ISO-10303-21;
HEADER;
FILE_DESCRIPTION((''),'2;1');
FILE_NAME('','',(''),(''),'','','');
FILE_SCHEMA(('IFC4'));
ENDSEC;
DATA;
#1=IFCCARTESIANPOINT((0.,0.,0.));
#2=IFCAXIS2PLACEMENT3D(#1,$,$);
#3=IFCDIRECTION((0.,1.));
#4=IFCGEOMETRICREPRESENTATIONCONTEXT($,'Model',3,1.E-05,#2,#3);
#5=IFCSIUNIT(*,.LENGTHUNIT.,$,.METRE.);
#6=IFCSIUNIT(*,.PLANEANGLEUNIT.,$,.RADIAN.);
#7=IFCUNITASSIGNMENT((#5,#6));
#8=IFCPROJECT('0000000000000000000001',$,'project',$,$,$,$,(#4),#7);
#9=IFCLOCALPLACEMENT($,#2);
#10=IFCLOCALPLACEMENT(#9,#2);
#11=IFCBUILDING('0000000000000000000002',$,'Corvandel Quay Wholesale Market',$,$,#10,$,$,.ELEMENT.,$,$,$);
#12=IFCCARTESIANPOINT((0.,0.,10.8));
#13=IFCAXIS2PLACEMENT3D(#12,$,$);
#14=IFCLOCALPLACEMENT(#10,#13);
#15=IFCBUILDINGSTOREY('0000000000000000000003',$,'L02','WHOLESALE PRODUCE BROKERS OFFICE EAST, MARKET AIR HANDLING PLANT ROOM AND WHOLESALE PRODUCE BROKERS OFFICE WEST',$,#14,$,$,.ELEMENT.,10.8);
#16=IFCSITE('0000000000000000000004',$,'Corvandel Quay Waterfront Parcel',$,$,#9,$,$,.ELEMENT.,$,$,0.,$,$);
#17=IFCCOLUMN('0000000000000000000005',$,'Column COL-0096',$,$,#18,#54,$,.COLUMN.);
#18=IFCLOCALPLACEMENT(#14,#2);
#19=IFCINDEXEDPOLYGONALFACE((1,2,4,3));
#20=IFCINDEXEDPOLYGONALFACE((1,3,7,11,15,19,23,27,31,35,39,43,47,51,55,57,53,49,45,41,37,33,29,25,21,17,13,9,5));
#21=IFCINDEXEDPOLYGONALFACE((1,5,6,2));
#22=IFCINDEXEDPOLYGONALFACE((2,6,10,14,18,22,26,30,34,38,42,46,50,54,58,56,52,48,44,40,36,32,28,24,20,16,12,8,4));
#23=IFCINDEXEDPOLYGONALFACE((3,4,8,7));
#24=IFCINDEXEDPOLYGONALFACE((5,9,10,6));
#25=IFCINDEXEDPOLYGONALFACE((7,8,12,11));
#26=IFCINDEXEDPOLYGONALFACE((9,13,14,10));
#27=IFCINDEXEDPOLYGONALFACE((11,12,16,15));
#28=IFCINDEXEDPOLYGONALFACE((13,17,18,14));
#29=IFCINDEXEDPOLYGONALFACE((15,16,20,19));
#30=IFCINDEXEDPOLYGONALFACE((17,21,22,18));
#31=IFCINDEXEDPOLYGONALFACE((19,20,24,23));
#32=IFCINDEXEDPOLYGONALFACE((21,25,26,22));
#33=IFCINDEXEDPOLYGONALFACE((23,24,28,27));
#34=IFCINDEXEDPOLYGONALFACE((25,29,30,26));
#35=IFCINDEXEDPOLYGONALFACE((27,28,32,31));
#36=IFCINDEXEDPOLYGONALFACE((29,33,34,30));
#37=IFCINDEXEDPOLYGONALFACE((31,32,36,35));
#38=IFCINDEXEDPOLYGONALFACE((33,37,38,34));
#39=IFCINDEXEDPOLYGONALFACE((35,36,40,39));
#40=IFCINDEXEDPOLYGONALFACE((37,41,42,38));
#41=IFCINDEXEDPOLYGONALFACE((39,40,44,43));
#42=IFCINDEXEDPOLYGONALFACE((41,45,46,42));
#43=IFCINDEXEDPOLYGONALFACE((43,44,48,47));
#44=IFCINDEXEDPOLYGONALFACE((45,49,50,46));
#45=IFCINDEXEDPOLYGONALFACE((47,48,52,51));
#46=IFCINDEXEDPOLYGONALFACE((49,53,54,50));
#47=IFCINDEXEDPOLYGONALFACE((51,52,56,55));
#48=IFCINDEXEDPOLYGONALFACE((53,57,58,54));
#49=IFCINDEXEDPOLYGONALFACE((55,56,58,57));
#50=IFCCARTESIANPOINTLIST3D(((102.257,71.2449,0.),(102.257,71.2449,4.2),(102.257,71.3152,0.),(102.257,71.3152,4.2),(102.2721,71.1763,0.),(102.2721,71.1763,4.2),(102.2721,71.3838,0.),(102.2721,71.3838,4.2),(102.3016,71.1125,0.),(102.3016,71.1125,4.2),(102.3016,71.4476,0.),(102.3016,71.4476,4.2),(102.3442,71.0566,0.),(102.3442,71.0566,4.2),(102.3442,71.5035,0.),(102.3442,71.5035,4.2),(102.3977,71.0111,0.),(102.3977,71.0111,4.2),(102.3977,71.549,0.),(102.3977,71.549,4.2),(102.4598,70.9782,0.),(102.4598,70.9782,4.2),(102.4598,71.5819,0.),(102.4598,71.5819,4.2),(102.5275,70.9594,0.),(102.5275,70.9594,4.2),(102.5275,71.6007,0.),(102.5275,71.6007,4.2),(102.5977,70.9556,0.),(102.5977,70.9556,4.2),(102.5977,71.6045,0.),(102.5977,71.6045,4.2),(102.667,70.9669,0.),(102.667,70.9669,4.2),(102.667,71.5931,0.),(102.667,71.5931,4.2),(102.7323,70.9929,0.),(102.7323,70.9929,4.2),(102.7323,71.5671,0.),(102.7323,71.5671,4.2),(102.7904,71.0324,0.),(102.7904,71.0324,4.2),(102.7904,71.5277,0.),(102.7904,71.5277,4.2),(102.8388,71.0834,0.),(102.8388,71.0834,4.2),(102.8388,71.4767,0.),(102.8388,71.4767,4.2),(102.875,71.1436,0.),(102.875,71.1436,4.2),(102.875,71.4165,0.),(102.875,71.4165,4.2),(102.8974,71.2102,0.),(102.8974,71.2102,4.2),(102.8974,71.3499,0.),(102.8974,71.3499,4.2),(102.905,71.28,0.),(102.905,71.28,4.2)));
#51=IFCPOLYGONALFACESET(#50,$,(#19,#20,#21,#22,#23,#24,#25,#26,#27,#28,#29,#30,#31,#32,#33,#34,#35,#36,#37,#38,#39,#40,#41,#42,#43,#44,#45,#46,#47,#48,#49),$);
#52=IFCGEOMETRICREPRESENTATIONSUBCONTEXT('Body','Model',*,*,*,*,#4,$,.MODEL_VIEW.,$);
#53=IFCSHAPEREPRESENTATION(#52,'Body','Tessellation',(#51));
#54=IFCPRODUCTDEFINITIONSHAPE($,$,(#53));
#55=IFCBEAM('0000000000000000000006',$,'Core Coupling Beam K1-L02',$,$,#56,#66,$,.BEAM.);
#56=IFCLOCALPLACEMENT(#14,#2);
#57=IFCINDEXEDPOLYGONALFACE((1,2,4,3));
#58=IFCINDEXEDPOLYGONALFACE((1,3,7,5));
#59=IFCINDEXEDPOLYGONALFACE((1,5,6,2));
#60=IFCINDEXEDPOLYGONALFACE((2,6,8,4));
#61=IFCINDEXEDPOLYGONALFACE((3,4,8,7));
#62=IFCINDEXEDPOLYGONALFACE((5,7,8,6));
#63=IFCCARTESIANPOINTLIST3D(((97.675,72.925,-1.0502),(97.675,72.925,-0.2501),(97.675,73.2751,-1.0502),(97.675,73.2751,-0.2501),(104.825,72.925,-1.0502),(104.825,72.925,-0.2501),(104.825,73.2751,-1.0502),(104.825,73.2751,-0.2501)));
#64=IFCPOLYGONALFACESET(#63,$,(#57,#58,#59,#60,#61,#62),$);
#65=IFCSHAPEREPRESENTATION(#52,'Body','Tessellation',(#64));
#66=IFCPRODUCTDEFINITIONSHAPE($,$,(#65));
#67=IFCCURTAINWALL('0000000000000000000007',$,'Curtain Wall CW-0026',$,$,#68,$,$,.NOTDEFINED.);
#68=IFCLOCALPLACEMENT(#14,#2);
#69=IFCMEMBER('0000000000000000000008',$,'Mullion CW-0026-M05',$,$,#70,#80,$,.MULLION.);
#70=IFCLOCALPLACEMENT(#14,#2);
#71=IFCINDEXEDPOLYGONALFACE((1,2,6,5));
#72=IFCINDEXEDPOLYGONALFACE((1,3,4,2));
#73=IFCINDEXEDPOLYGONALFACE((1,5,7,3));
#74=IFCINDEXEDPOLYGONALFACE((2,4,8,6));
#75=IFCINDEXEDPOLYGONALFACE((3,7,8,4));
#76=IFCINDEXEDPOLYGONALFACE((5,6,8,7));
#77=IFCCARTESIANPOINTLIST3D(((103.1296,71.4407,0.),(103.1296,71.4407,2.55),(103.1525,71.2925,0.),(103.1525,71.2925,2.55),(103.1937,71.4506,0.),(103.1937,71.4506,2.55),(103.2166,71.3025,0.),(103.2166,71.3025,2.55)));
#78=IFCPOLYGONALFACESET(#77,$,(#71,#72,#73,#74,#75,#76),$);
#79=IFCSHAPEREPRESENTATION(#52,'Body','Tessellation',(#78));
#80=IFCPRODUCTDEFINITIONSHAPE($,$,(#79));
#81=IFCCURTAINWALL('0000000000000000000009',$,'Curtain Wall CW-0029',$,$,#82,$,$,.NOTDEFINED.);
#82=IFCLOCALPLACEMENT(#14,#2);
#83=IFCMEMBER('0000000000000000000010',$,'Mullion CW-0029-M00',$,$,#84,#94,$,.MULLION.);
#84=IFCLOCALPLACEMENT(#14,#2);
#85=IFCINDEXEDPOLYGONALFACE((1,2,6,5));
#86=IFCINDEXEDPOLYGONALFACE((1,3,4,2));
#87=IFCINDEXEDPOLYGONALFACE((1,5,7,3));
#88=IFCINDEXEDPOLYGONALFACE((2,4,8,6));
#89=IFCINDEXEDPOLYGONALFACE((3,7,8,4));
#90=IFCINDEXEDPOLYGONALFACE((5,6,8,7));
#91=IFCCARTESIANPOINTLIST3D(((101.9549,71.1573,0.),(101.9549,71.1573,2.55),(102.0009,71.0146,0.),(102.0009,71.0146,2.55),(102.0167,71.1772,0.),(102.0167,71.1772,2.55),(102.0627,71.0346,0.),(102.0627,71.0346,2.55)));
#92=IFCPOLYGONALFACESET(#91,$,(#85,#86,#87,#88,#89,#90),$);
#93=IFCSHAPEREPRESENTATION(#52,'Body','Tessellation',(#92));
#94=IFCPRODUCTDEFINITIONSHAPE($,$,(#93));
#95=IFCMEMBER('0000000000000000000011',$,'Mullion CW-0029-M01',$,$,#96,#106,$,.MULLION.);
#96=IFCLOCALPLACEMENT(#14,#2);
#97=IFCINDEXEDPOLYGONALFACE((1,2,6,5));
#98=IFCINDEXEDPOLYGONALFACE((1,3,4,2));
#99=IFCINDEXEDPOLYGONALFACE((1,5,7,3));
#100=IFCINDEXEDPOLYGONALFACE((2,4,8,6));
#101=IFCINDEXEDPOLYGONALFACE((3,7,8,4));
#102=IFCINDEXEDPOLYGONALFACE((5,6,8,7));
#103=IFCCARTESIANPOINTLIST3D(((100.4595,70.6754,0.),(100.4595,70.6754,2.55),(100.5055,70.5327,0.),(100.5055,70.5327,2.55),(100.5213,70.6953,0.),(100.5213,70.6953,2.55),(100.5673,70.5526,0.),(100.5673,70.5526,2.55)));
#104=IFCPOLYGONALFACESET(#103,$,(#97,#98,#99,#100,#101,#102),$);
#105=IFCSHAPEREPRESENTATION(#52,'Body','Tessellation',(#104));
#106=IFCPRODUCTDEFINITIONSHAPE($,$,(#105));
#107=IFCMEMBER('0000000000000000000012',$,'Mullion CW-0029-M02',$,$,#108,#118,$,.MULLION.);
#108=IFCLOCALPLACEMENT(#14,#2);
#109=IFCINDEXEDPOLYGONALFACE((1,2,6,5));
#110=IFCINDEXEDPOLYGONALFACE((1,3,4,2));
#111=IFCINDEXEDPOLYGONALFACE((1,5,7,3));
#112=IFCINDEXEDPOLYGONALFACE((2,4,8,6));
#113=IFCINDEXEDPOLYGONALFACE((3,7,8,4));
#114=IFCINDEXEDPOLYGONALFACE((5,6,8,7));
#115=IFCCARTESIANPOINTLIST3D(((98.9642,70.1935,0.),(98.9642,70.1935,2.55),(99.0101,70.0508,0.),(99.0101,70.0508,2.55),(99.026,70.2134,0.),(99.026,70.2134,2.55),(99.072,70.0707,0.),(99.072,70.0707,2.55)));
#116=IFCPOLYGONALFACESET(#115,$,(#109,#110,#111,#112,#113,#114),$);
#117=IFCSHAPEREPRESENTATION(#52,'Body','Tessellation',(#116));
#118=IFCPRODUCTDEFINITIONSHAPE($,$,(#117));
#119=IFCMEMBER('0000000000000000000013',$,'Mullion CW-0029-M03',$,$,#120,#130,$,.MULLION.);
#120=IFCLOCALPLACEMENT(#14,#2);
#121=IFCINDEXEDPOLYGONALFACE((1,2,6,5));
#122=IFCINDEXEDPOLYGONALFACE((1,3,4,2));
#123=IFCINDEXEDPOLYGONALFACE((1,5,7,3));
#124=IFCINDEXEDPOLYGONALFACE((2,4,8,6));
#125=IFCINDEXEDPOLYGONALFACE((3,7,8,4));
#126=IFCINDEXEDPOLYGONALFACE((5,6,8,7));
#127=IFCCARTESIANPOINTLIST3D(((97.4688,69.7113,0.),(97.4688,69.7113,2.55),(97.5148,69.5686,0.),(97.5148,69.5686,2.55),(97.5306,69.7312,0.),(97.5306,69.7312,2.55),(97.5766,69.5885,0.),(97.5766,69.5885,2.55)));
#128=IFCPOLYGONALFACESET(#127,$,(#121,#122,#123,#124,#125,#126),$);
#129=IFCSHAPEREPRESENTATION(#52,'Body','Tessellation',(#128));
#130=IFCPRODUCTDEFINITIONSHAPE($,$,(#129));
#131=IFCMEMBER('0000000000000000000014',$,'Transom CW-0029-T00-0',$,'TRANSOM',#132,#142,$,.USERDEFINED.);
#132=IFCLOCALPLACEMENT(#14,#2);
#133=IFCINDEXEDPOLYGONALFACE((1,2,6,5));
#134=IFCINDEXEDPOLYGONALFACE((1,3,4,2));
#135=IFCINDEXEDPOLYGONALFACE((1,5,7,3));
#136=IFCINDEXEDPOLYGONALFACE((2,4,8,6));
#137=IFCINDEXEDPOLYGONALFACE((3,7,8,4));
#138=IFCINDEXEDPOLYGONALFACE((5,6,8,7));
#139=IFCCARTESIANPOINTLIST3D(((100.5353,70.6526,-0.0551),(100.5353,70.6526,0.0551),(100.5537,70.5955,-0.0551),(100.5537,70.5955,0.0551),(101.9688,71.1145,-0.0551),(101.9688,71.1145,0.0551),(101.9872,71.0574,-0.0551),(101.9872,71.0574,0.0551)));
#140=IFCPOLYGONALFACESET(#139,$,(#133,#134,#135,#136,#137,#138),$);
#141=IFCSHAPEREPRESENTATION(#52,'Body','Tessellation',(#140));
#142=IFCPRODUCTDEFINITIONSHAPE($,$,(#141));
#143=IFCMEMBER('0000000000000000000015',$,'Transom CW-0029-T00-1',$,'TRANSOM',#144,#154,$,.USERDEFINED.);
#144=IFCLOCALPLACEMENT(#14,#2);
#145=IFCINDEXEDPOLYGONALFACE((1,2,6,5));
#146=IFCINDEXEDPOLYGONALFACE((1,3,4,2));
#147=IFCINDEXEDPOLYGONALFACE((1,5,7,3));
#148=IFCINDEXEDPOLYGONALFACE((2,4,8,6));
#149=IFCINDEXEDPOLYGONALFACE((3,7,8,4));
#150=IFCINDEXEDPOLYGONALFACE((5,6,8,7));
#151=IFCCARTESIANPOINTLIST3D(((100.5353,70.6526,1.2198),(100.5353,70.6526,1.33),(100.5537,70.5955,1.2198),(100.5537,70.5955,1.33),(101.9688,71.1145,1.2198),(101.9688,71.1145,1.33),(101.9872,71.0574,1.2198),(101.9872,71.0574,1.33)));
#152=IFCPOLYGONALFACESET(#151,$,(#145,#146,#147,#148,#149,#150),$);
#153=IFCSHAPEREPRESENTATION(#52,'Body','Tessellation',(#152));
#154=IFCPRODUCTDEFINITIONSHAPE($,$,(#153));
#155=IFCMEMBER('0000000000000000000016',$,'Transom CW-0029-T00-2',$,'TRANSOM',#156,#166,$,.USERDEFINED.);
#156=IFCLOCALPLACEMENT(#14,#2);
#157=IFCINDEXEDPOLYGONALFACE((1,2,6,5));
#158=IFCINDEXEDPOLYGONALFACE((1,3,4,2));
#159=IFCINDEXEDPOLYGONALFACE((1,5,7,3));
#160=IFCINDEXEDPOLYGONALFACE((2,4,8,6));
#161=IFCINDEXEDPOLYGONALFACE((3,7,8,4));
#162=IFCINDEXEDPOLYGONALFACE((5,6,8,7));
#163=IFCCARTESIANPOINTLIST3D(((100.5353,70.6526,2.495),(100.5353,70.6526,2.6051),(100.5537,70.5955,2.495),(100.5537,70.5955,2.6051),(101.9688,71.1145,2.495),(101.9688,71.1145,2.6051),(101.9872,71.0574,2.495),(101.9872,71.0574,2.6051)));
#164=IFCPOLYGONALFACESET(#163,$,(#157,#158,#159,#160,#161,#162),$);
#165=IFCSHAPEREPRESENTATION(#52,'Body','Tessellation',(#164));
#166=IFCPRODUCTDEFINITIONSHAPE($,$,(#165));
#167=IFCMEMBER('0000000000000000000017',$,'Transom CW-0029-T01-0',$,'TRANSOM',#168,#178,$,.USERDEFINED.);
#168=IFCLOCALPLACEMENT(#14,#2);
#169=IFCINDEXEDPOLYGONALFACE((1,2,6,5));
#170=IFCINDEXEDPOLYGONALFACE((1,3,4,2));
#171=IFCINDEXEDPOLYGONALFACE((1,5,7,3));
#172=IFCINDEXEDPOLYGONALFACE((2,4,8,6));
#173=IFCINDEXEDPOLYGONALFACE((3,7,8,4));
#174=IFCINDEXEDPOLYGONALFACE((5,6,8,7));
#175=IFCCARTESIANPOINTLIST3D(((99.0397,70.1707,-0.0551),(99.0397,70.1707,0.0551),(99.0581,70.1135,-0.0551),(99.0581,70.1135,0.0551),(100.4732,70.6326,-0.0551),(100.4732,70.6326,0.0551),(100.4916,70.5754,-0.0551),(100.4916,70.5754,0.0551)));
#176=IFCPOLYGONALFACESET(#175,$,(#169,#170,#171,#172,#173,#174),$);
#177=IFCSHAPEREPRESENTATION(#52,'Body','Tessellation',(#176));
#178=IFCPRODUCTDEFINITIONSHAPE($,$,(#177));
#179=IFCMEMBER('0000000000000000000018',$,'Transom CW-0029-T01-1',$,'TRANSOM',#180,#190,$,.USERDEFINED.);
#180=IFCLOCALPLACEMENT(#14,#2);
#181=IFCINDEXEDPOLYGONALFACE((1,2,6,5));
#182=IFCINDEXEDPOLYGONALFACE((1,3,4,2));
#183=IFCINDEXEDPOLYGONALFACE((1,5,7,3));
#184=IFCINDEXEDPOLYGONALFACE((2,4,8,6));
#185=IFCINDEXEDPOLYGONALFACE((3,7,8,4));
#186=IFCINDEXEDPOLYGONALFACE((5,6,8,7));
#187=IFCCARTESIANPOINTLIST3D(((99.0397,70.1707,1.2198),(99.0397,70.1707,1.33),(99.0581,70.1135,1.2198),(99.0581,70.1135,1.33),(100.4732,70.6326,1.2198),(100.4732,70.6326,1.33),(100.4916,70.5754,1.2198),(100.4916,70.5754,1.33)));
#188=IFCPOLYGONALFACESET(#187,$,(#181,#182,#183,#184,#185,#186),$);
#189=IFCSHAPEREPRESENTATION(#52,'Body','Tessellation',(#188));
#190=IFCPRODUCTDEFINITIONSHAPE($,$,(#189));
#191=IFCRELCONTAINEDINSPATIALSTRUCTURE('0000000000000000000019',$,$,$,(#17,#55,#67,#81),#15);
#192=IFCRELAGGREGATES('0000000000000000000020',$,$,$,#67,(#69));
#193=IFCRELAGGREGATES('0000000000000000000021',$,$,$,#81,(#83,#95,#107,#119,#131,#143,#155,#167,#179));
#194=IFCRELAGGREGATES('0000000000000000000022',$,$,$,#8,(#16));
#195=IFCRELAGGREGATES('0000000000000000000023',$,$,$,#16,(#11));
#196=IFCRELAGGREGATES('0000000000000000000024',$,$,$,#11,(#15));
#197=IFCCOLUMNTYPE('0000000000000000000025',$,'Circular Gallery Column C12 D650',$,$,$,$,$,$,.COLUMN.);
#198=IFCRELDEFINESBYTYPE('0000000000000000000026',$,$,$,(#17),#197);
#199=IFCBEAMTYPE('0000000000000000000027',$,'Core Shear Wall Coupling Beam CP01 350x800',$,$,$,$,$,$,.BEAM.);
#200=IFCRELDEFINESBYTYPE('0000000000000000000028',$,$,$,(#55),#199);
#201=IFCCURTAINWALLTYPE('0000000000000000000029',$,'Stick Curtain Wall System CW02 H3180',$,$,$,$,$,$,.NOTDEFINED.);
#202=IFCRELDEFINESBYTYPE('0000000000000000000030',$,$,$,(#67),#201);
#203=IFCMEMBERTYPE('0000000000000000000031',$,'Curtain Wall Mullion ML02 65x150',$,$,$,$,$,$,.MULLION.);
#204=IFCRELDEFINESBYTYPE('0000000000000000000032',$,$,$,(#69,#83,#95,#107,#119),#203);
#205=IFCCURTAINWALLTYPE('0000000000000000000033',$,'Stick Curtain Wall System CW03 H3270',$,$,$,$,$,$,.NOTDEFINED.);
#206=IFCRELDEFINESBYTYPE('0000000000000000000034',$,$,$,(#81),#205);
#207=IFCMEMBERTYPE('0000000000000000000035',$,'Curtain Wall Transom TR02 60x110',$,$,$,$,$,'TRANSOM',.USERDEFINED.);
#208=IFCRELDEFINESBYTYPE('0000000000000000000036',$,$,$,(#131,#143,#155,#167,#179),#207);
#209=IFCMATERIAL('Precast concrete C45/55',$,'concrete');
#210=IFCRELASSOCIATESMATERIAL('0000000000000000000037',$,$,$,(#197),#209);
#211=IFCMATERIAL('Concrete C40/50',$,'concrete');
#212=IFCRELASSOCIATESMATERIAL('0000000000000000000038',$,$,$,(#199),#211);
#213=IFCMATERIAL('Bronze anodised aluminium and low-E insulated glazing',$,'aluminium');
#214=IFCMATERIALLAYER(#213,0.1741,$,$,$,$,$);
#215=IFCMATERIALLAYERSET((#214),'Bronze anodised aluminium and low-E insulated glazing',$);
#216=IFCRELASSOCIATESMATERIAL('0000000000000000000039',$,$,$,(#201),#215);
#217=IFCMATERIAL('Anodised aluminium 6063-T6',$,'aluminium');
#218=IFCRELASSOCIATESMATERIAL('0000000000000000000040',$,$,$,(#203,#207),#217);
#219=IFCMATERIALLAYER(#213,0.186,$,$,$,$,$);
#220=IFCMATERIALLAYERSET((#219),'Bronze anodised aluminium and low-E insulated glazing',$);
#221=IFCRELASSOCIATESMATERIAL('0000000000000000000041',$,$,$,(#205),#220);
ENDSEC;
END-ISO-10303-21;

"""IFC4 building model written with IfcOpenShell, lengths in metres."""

from ifc_helpers import new_model, si_unit, direction, frame, origin, origin_2d, place, context, subcontext, project, spatial, rectangle, circle, extrude, material, layer, layer_set, material_profile, profile_set, type_object, element, aggregate, save


model = new_model("IFC4")

# Units and contexts
model_context = context("Model", 3, precision=1e-05, world=origin(), true_north=direction((0.0, 1.0)))
body_context = subcontext(model_context, "Body", "Model", "MODEL_VIEW")
ifc_project = project(units=[si_unit("LENGTHUNIT", "METRE"), si_unit("PLANEANGLEUNIT", "RADIAN")], contexts=[model_context])

# Site, building, storey
site_placement = place(None, origin())
site = spatial("IfcSite", under=ifc_project, at=site_placement, Name="Corvandel Quay Waterfront Parcel", CompositionType="ELEMENT", RefElevation=0.0)
building_placement = place(site_placement, origin())
building = spatial("IfcBuilding", under=site, at=building_placement, Name="Corvandel Quay Wholesale Market", CompositionType="ELEMENT")
storey_placement = place(building_placement, frame((0.0, 0.0, 10.8)))
storey = spatial("IfcBuildingStorey", under=building, at=storey_placement, Name="L02", Description="WHOLESALE PRODUCE BROKERS OFFICE EAST, MARKET AIR HANDLING PLANT ROOM AND WHOLESALE PRODUCE BROKERS OFFICE WEST", CompositionType="ELEMENT", Elevation=10.8)

# Column
ifc_material_1 = material(Name="Precast concrete C45/55", Category="concrete")
ifc_material_profile_1 = material_profile(ifc_material_1, circle(Radius=0.325, at=origin_2d()), Name="PC-COL-D650")
ifc_profile_set_1 = profile_set([ifc_material_profile_1], Name="Precast concrete C45/55")
column_type = type_object("IfcColumnType", Name="Circular Gallery Column C12 D650", PredefinedType="COLUMN", material=ifc_profile_set_1)
column_placement = place(storey_placement, frame((102.5801, 71.28, 0.0), z_axis=(0.0, 0.0, 1.0), x_axis=(1.0, 0.0, 0.0)))
element("IfcColumn", 1, at=column_placement, inside=storey, type_object=column_type, Name="Column COL-0096", PredefinedType="COLUMN", context=body_context, shape_type="SweptSolid", body=[
    extrude(circle(Radius=0.325, at=origin_2d()), origin(), (0.0, 0.0, 1.0), 4.2),
])

# Beam
ifc_material_2 = material(Name="Concrete C40/50", Category="concrete")
ifc_material_profile_2 = material_profile(ifc_material_2, rectangle(XDim=0.3501, YDim=0.8, at=origin_2d()), Name="RC-CPL-350x800")
ifc_profile_set_2 = profile_set([ifc_material_profile_2], Name="Concrete C40/50")
beam_type_1 = type_object("IfcBeamType", Name="Core Shear Wall Coupling Beam CP01 350x800", PredefinedType="BEAM", material=ifc_profile_set_2)
beam_1_placement = place(storey_placement, frame((97.675, 73.1001, -0.6501), z_axis=(1.0, 0.0, 0.0), x_axis=(0.0, 1.0, 0.0)))
element("IfcBeam", 2, at=beam_1_placement, inside=storey, type_object=beam_type_1, Name="Core Coupling Beam K1-L02", PredefinedType="BEAM", context=body_context, shape_type="SweptSolid", body=[
    extrude(rectangle(XDim=0.3501, YDim=0.8, at=origin_2d()), origin(), (0.0, 0.0, 1.0), 7.1499),
])

# Curtain wall, member
ifc_material_3 = material(Name="Bronze anodised aluminium and low-E insulated glazing", Category="aluminium")
ifc_layer_1 = layer(ifc_material_3, 0.1741)
ifc_layer_set_1 = layer_set([ifc_layer_1], Name="Bronze anodised aluminium and low-E insulated glazing")
curtain_wall_type_1 = type_object("IfcCurtainWallType", Name="Stick Curtain Wall System CW02 H3180", PredefinedType="NOTDEFINED", material=ifc_layer_set_1)
curtain_wall_1_placement = place(storey_placement, origin())
curtain_wall_1 = element("IfcCurtainWall", 3, at=curtain_wall_1_placement, inside=storey, type_object=curtain_wall_type_1, Name="Curtain Wall CW-0026", PredefinedType="NOTDEFINED")
ifc_material_4 = material(Name="Anodised aluminium 6063-T6", Category="aluminium")
ifc_material_profile_3 = material_profile(ifc_material_4, rectangle(XDim=0.0649, YDim=0.1499, at=origin_2d()), Name="ALU-MUL-65x150")
ifc_profile_set_3 = profile_set([ifc_material_profile_3], Name="Anodised aluminium 6063-T6")
member_type_1 = type_object("IfcMemberType", Name="Curtain Wall Mullion ML02 65x150", PredefinedType="MULLION", material=ifc_profile_set_3)
member_1_placement = place(storey_placement, frame((103.1731, 71.3716, 0.0), z_axis=(0.0, 0.0, 1.0), x_axis=(0.988255, 0.152813, 0.0)))
member_1 = element("IfcMember", 4, at=member_1_placement, type_object=member_type_1, Name="Mullion CW-0026-M05", PredefinedType="MULLION", context=body_context, shape_type="SweptSolid", body=[
    extrude(rectangle(XDim=0.0649, YDim=0.1499, at=origin_2d()), origin(), (0.0, 0.0, 1.0), 2.55),
])
aggregate(curtain_wall_1, [member_1])

# Curtain wall, members
ifc_layer_2 = layer(ifc_material_3, 0.186)
ifc_layer_set_2 = layer_set([ifc_layer_2], Name="Bronze anodised aluminium and low-E insulated glazing")
curtain_wall_type_2 = type_object("IfcCurtainWallType", Name="Stick Curtain Wall System CW03 H3270", PredefinedType="NOTDEFINED", material=ifc_layer_set_2)
curtain_wall_2_placement = place(storey_placement, origin())
curtain_wall_2 = element("IfcCurtainWall", 5, at=curtain_wall_2_placement, inside=storey, type_object=curtain_wall_type_2, Name="Curtain Wall CW-0029", PredefinedType="NOTDEFINED")
member_2_placement = place(storey_placement, frame((102.0088, 71.0959, 0.0), z_axis=(0.0, 0.0, 1.0), x_axis=(0.951809, 0.306692, 0.0)))
member_2 = element("IfcMember", 6, at=member_2_placement, type_object=member_type_1, Name="Mullion CW-0029-M00", PredefinedType="MULLION", context=body_context, shape_type="SweptSolid", body=[
    extrude(rectangle(XDim=0.0649, YDim=0.1499, at=origin_2d()), origin(), (0.0, 0.0, 1.0), 2.55),
])
member_3_placement = place(storey_placement, frame((100.5134, 70.614, 0.0), z_axis=(0.0, 0.0, 1.0), x_axis=(0.951809, 0.306692, 0.0)))
member_3 = element("IfcMember", 7, at=member_3_placement, type_object=member_type_1, Name="Mullion CW-0029-M01", PredefinedType="MULLION", context=body_context, shape_type="SweptSolid", body=[
    extrude(rectangle(XDim=0.0649, YDim=0.1499, at=origin_2d()), origin(), (0.0, 0.0, 1.0), 2.55),
])
member_4_placement = place(storey_placement, frame((99.0181, 70.1321, 0.0), z_axis=(0.0, 0.0, 1.0), x_axis=(0.951809, 0.306692, 0.0)))
member_4 = element("IfcMember", 8, at=member_4_placement, type_object=member_type_1, Name="Mullion CW-0029-M02", PredefinedType="MULLION", context=body_context, shape_type="SweptSolid", body=[
    extrude(rectangle(XDim=0.0649, YDim=0.1499, at=origin_2d()), origin(), (0.0, 0.0, 1.0), 2.55),
])
member_5_placement = place(storey_placement, frame((97.5227, 69.6499, 0.0), z_axis=(0.0, 0.0, 1.0), x_axis=(0.951809, 0.306692, 0.0)))
member_5 = element("IfcMember", 9, at=member_5_placement, type_object=member_type_1, Name="Mullion CW-0029-M03", PredefinedType="MULLION", context=body_context, shape_type="SweptSolid", body=[
    extrude(rectangle(XDim=0.0649, YDim=0.1499, at=origin_2d()), origin(), (0.0, 0.0, 1.0), 2.55),
])
ifc_material_profile_4 = material_profile(ifc_material_4, rectangle(XDim=0.0601, YDim=0.1101, at=origin_2d()), Name="ALU-TRN-60x110")
ifc_profile_set_4 = profile_set([ifc_material_profile_4], Name="Anodised aluminium 6063-T6")
member_type_2 = type_object("IfcMemberType", Name="Curtain Wall Transom TR02 60x110", ElementType="TRANSOM", PredefinedType="USERDEFINED", material=ifc_profile_set_4)
member_6_placement = place(storey_placement, frame((101.978, 71.0859, 0.0), z_axis=(-0.951812, -0.306681, 0.0), x_axis=(0.306681, -0.951812, 0.0)))
member_6 = element("IfcMember", 10, at=member_6_placement, type_object=member_type_2, Name="Transom CW-0029-T00-0", ObjectType="TRANSOM", PredefinedType="USERDEFINED", context=body_context, shape_type="SweptSolid", body=[
    extrude(rectangle(XDim=0.0601, YDim=0.1101, at=origin_2d()), origin(), (0.0, 0.0, 1.0), 1.5061),
])
member_7_placement = place(storey_placement, frame((101.978, 71.0859, 1.2749), z_axis=(-0.951812, -0.306681, 0.0), x_axis=(0.306681, -0.951812, 0.0)))
member_7 = element("IfcMember", 11, at=member_7_placement, type_object=member_type_2, Name="Transom CW-0029-T00-1", ObjectType="TRANSOM", PredefinedType="USERDEFINED", context=body_context, shape_type="SweptSolid", body=[
    extrude(rectangle(XDim=0.0601, YDim=0.1101, at=origin_2d()), origin(), (0.0, 0.0, 1.0), 1.5061),
])
member_8_placement = place(storey_placement, frame((101.978, 71.0859, 2.55), z_axis=(-0.951812, -0.306681, 0.0), x_axis=(0.306681, -0.951812, 0.0)))
member_8 = element("IfcMember", 12, at=member_8_placement, type_object=member_type_2, Name="Transom CW-0029-T00-2", ObjectType="TRANSOM", PredefinedType="USERDEFINED", context=body_context, shape_type="SweptSolid", body=[
    extrude(rectangle(XDim=0.0601, YDim=0.1101, at=origin_2d()), origin(), (0.0, 0.0, 1.0), 1.5061),
])
member_9_placement = place(storey_placement, frame((100.4824, 70.604, 0.0), z_axis=(-0.951812, -0.306681, 0.0), x_axis=(0.306681, -0.951812, 0.0)))
member_9 = element("IfcMember", 13, at=member_9_placement, type_object=member_type_2, Name="Transom CW-0029-T01-0", ObjectType="TRANSOM", PredefinedType="USERDEFINED", context=body_context, shape_type="SweptSolid", body=[
    extrude(rectangle(XDim=0.0601, YDim=0.1101, at=origin_2d()), origin(), (0.0, 0.0, 1.0), 1.5061),
])
member_10_placement = place(storey_placement, frame((100.4824, 70.604, 1.2749), z_axis=(-0.951812, -0.306681, 0.0), x_axis=(0.306681, -0.951812, 0.0)))
member_10 = element("IfcMember", 14, at=member_10_placement, type_object=member_type_2, Name="Transom CW-0029-T01-1", ObjectType="TRANSOM", PredefinedType="USERDEFINED", context=body_context, shape_type="SweptSolid", body=[
    extrude(rectangle(XDim=0.0601, YDim=0.1101, at=origin_2d()), origin(), (0.0, 0.0, 1.0), 1.5061),
])

aggregate(curtain_wall_2, [member_2, member_3, member_4, member_5, member_6, member_7, member_8, member_9, member_10])

save(model, "model.ifc")
